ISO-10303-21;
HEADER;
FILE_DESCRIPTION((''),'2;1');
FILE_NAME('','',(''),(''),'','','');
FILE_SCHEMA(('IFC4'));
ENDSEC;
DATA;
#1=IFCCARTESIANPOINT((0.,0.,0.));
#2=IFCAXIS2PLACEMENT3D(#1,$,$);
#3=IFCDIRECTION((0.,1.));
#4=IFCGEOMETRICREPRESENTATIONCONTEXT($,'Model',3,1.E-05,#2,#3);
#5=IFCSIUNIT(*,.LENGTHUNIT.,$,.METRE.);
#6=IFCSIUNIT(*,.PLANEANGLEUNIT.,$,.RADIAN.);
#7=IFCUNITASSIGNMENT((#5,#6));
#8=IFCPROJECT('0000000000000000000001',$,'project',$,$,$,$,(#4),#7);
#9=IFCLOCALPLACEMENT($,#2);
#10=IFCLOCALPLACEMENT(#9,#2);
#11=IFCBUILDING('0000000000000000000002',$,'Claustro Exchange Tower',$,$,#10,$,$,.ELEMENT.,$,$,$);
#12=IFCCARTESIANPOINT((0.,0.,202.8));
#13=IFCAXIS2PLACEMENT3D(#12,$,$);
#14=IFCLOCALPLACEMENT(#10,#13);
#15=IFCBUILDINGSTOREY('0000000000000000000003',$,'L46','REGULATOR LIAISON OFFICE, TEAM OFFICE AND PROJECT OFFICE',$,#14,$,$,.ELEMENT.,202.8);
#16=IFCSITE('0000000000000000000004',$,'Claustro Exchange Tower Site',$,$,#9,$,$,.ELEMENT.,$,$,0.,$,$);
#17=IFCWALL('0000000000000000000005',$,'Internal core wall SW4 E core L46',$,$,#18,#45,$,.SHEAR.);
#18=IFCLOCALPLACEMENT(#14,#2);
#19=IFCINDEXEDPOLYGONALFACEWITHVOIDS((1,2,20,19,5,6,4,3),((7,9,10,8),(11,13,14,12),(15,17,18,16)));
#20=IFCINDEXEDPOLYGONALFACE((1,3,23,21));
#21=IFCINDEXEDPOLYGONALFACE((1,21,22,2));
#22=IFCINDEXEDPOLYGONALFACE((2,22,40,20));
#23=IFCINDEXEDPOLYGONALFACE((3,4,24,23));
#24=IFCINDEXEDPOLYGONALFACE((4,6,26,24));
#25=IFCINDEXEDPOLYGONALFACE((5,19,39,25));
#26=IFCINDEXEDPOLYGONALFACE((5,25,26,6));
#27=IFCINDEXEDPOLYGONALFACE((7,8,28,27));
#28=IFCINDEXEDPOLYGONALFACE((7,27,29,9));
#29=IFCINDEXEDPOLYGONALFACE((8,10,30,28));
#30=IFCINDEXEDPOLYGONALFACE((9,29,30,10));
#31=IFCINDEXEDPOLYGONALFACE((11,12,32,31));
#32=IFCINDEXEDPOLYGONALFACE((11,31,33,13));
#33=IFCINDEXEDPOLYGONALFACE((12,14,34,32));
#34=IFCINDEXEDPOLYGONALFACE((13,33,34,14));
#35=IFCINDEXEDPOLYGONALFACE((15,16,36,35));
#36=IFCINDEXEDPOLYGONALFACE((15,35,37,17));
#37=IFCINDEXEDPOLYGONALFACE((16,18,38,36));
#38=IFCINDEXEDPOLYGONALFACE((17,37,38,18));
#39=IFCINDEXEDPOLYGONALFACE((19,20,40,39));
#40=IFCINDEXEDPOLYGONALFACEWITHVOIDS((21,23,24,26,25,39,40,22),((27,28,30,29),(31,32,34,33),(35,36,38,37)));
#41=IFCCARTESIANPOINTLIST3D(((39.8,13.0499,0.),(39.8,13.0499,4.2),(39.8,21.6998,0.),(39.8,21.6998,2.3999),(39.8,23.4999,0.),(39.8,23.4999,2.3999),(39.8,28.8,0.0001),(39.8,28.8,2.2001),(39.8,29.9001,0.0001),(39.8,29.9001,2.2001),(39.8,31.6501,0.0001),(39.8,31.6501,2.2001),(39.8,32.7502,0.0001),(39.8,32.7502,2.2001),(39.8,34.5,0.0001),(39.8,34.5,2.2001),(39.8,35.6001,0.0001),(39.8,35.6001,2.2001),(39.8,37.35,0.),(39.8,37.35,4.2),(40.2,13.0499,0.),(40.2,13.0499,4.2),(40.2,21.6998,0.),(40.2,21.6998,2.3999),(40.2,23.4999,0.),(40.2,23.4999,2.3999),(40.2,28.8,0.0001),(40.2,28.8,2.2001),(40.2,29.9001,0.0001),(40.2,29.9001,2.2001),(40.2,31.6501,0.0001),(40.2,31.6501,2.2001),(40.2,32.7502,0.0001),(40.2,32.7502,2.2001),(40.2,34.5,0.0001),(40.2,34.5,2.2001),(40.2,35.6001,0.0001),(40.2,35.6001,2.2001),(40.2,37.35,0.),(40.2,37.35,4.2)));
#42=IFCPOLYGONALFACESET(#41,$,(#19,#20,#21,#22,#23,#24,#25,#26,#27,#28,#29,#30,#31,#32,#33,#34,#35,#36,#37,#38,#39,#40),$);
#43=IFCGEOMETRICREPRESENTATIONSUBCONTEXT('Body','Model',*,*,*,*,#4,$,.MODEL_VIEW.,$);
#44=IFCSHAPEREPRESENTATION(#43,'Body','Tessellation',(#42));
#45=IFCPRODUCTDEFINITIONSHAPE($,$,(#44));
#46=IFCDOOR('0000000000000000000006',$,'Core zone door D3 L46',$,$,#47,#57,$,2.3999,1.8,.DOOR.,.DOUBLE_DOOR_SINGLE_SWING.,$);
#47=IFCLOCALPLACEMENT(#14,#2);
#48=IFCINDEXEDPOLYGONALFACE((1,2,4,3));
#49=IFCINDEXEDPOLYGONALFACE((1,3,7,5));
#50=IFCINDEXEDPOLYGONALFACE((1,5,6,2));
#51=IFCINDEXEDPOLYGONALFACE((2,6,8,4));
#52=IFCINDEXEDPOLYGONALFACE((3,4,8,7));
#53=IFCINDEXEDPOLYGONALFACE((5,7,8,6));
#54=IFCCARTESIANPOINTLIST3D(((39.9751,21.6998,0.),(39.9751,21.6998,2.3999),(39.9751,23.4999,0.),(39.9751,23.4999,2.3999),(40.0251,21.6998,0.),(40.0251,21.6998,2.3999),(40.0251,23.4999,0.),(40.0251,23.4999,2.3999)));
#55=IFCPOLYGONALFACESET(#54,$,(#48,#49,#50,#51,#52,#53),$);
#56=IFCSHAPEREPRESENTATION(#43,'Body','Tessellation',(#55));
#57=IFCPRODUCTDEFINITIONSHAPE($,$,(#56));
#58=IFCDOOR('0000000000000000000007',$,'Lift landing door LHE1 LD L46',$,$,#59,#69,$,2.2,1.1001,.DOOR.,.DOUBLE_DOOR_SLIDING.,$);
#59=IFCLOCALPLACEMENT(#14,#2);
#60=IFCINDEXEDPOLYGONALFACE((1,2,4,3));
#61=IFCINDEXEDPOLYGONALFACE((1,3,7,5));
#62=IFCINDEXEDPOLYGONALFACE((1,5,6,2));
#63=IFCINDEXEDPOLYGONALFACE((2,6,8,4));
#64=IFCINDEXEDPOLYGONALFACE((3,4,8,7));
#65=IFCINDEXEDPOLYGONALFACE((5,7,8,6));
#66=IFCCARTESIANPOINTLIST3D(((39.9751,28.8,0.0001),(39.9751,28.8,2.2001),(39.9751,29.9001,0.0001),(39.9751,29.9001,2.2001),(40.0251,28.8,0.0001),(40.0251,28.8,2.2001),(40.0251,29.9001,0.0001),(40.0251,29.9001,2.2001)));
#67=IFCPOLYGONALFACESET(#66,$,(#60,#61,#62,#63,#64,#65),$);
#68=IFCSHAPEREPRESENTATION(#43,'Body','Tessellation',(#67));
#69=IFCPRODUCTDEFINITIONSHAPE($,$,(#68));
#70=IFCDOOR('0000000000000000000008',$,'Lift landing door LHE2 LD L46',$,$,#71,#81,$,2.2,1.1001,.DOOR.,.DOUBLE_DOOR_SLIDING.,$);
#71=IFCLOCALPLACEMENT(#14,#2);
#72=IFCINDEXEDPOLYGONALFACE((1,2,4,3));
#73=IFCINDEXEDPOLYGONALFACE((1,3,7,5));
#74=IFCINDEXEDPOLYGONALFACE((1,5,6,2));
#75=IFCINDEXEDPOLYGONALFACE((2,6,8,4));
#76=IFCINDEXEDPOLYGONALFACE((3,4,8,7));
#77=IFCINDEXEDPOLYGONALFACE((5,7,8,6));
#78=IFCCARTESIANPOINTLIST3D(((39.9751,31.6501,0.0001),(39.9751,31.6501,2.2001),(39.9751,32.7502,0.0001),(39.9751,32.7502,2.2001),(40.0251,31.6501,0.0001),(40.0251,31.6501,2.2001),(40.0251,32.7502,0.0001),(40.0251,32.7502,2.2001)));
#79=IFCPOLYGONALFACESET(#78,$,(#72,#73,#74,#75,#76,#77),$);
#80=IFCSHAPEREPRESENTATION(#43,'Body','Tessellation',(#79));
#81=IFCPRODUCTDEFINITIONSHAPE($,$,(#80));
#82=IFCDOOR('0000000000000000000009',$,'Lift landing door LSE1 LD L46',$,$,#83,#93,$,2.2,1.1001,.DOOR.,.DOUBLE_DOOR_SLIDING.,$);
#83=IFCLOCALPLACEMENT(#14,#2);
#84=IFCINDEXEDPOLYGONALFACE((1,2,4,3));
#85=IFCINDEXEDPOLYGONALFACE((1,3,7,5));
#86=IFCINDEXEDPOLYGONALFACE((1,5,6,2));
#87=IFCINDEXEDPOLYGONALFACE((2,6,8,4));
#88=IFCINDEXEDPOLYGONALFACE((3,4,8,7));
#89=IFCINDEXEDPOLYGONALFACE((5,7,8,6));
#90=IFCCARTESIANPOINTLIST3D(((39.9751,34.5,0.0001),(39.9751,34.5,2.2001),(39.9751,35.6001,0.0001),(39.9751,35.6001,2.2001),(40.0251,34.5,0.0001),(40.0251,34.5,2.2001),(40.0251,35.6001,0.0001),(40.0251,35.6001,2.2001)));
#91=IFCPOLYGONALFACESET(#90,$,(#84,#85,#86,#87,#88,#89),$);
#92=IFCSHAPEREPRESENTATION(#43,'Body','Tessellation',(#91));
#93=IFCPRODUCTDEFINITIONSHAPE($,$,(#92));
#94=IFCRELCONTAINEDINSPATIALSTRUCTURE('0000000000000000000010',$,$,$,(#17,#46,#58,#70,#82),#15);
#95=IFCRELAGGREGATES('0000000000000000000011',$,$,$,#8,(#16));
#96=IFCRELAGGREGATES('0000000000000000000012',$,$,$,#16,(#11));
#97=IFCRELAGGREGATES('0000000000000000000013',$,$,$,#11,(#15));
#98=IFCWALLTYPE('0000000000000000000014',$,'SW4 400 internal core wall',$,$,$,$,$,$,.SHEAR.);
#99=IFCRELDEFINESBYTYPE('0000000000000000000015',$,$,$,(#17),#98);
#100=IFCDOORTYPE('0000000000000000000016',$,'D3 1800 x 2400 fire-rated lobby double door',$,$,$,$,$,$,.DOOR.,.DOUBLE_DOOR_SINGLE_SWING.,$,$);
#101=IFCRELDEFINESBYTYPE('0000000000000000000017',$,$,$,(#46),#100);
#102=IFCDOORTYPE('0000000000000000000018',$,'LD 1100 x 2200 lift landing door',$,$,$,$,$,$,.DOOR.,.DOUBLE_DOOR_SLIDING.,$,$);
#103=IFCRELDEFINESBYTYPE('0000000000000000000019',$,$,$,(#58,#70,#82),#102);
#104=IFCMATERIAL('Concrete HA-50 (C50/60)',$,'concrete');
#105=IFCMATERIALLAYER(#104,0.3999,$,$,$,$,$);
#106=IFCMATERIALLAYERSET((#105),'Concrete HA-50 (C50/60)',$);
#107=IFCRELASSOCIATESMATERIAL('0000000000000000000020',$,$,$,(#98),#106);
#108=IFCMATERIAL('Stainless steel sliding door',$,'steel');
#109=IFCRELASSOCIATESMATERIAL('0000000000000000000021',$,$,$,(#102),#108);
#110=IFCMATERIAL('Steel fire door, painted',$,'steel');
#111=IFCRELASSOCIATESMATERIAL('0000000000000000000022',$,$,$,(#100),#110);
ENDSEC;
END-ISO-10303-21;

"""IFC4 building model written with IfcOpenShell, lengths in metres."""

from ifc_helpers import new_model, si_unit, direction, frame, frame_2d, origin, place, context, subcontext, project, spatial, rectangle, extrude, material, layer, layer_set, type_object, element, fill, save


model = new_model("IFC4")

# Units and contexts
model_context = context("Model", 3, precision=1e-05, world=origin(), true_north=direction((0.0, 1.0)))
body_context = subcontext(model_context, "Body", "Model", "MODEL_VIEW")
ifc_project = project(units=[si_unit("LENGTHUNIT", "METRE"), si_unit("PLANEANGLEUNIT", "RADIAN")], contexts=[model_context])

# Site, building, storey
site_placement = place(None, origin())
site = spatial("IfcSite", under=ifc_project, at=site_placement, Name="Claustro Exchange Tower Site", CompositionType="ELEMENT", RefElevation=0.0)
building_placement = place(site_placement, origin())
building = spatial("IfcBuilding", under=site, at=building_placement, Name="Claustro Exchange Tower", CompositionType="ELEMENT")
storey_placement = place(building_placement, frame((0.0, 0.0, 202.8)))
storey = spatial("IfcBuildingStorey", under=building, at=storey_placement, Name="L46", Description="REGULATOR LIAISON OFFICE, TEAM OFFICE AND PROJECT OFFICE", CompositionType="ELEMENT", Elevation=202.8)

# Wall, openings, doors
ifc_material_1 = material(Name="Concrete HA-50 (C50/60)", Category="concrete")
ifc_layer_1 = layer(ifc_material_1, 0.3999)
ifc_layer_set_1 = layer_set([ifc_layer_1], Name="Concrete HA-50 (C50/60)")
wall_type_1 = type_object("IfcWallType", Name="SW4 400 internal core wall", PredefinedType="SHEAR", material=ifc_layer_set_1)
ifc_material_2 = material(Name="Stainless steel sliding door", Category="steel")
door_type_1 = type_object("IfcDoorType", Name="LD 1100 x 2200 lift landing door", OperationType="DOUBLE_DOOR_SLIDING", PredefinedType="DOOR", material=ifc_material_2)
wall_1_placement = place(storey_placement, frame((40.0, 13.05, 0.0), z_axis=(0.0, 0.0, 1.0), x_axis=(0.0, 1.0, 0.0)))
wall_1 = element("IfcWall", 1, at=wall_1_placement, inside=storey, type_object=wall_type_1, Name="Internal core wall SW4 E core L46", PredefinedType="SHEAR", context=body_context, shape_type="SweptSolid", body=[
    extrude(rectangle(XDim=24.3, YDim=0.3999, at=frame_2d((12.1499, 0.0))), origin(), (0.0, 0.0, 1.0), 4.2),
])
opening_1_placement = place(wall_1_placement, frame((15.75, 0.0, 0.0)))
opening_1 = element("IfcOpeningElement", 2, at=opening_1_placement, cuts=wall_1, PredefinedType="OPENING", context=body_context, shape_type="SweptSolid", body=[
    extrude(rectangle(XDim=1.1001, YDim=2.2, at=frame_2d((0.55, 1.1001))), frame((0.0, 0.21, 0.0), z_axis=(0.0, -1.0, 0.0), x_axis=(1.0, 0.0, 0.0)), (0.0, 0.0, 1.0), 0.4199),
])
opening_2_placement = place(wall_1_placement, frame((18.6001, 0.0, 0.0)))
opening_2 = element("IfcOpeningElement", 3, at=opening_2_placement, cuts=wall_1, PredefinedType="OPENING", context=body_context, shape_type="SweptSolid", body=[
    extrude(rectangle(XDim=1.1001, YDim=2.2, at=frame_2d((0.55, 1.1001))), frame((0.0, 0.21, 0.0), z_axis=(0.0, -1.0, 0.0), x_axis=(1.0, 0.0, 0.0)), (0.0, 0.0, 1.0), 0.4199),
])
opening_3_placement = place(wall_1_placement, frame((21.45, 0.0, 0.0)))
opening_3 = element("IfcOpeningElement", 4, at=opening_3_placement, cuts=wall_1, PredefinedType="OPENING", context=body_context, shape_type="SweptSolid", body=[
    extrude(rectangle(XDim=1.1001, YDim=2.2, at=frame_2d((0.55, 1.1001))), frame((0.0, 0.21, 0.0), z_axis=(0.0, -1.0, 0.0), x_axis=(1.0, 0.0, 0.0)), (0.0, 0.0, 1.0), 0.4199),
])
opening_4_placement = place(wall_1_placement, frame((8.6499, 0.0, 0.0)))
opening_4 = element("IfcOpeningElement", 5, at=opening_4_placement, cuts=wall_1, PredefinedType="OPENING", context=body_context, shape_type="SweptSolid", body=[
    extrude(rectangle(XDim=1.8, YDim=2.3999, at=frame_2d((0.8999, 1.2))), frame((0.0, 0.21, 0.0), z_axis=(0.0, -1.0, 0.0), x_axis=(1.0, 0.0, 0.0)), (0.0, 0.0, 1.0), 0.4199),
])
ifc_material_3 = material(Name="Steel fire door, painted", Category="steel")
door_type_2 = type_object("IfcDoorType", Name="D3 1800 x 2400 fire-rated lobby double door", OperationType="DOUBLE_DOOR_SINGLE_SWING", PredefinedType="DOOR", material=ifc_material_3)
door_1_placement = place(opening_4_placement, origin())
door_1 = element("IfcDoor", 6, at=door_1_placement, inside=storey, type_object=door_type_2, Name="Core zone door D3 L46", OperationType="DOUBLE_DOOR_SINGLE_SWING", OverallHeight=2.3999, OverallWidth=1.8, PredefinedType="DOOR", context=body_context, shape_type="SweptSolid", body=[
    extrude(rectangle(XDim=1.8, YDim=2.3999, at=frame_2d((0.8999, 1.2))), frame((0.0, 0.0249, 0.0), z_axis=(0.0, -1.0, 0.0), x_axis=(1.0, 0.0, 0.0)), (0.0, 0.0, 1.0), 0.05),
])
fill(opening_4, door_1)
door_2_placement = place(opening_1_placement, origin())
door_2 = element("IfcDoor", 7, at=door_2_placement, inside=storey, type_object=door_type_1, Name="Lift landing door LHE1 LD L46", OperationType="DOUBLE_DOOR_SLIDING", OverallHeight=2.2, OverallWidth=1.1001, PredefinedType="DOOR", context=body_context, shape_type="SweptSolid", body=[
    extrude(rectangle(XDim=1.1001, YDim=2.2, at=frame_2d((0.55, 1.1001))), frame((0.0, 0.0249, 0.0), z_axis=(0.0, -1.0, 0.0), x_axis=(1.0, 0.0, 0.0)), (0.0, 0.0, 1.0), 0.05),
])
fill(opening_1, door_2)
door_3_placement = place(opening_2_placement, origin())
door_3 = element("IfcDoor", 8, at=door_3_placement, inside=storey, type_object=door_type_1, Name="Lift landing door LHE2 LD L46", OperationType="DOUBLE_DOOR_SLIDING", OverallHeight=2.2, OverallWidth=1.1001, PredefinedType="DOOR", context=body_context, shape_type="SweptSolid", body=[
    extrude(rectangle(XDim=1.1001, YDim=2.2, at=frame_2d((0.55, 1.1001))), frame((0.0, 0.0249, 0.0), z_axis=(0.0, -1.0, 0.0), x_axis=(1.0, 0.0, 0.0)), (0.0, 0.0, 1.0), 0.05),
])
fill(opening_2, door_3)
door_4_placement = place(opening_3_placement, origin())
door_4 = element("IfcDoor", 9, at=door_4_placement, inside=storey, type_object=door_type_1, Name="Lift landing door LSE1 LD L46", OperationType="DOUBLE_DOOR_SLIDING", OverallHeight=2.2, OverallWidth=1.1001, PredefinedType="DOOR", context=body_context, shape_type="SweptSolid", body=[
    extrude(rectangle(XDim=1.1001, YDim=2.2, at=frame_2d((0.55, 1.1001))), frame((0.0, 0.0249, 0.0), z_axis=(0.0, -1.0, 0.0), x_axis=(1.0, 0.0, 0.0)), (0.0, 0.0, 1.0), 0.05),
])
fill(opening_3, door_4)

save(model, "model.ifc")
